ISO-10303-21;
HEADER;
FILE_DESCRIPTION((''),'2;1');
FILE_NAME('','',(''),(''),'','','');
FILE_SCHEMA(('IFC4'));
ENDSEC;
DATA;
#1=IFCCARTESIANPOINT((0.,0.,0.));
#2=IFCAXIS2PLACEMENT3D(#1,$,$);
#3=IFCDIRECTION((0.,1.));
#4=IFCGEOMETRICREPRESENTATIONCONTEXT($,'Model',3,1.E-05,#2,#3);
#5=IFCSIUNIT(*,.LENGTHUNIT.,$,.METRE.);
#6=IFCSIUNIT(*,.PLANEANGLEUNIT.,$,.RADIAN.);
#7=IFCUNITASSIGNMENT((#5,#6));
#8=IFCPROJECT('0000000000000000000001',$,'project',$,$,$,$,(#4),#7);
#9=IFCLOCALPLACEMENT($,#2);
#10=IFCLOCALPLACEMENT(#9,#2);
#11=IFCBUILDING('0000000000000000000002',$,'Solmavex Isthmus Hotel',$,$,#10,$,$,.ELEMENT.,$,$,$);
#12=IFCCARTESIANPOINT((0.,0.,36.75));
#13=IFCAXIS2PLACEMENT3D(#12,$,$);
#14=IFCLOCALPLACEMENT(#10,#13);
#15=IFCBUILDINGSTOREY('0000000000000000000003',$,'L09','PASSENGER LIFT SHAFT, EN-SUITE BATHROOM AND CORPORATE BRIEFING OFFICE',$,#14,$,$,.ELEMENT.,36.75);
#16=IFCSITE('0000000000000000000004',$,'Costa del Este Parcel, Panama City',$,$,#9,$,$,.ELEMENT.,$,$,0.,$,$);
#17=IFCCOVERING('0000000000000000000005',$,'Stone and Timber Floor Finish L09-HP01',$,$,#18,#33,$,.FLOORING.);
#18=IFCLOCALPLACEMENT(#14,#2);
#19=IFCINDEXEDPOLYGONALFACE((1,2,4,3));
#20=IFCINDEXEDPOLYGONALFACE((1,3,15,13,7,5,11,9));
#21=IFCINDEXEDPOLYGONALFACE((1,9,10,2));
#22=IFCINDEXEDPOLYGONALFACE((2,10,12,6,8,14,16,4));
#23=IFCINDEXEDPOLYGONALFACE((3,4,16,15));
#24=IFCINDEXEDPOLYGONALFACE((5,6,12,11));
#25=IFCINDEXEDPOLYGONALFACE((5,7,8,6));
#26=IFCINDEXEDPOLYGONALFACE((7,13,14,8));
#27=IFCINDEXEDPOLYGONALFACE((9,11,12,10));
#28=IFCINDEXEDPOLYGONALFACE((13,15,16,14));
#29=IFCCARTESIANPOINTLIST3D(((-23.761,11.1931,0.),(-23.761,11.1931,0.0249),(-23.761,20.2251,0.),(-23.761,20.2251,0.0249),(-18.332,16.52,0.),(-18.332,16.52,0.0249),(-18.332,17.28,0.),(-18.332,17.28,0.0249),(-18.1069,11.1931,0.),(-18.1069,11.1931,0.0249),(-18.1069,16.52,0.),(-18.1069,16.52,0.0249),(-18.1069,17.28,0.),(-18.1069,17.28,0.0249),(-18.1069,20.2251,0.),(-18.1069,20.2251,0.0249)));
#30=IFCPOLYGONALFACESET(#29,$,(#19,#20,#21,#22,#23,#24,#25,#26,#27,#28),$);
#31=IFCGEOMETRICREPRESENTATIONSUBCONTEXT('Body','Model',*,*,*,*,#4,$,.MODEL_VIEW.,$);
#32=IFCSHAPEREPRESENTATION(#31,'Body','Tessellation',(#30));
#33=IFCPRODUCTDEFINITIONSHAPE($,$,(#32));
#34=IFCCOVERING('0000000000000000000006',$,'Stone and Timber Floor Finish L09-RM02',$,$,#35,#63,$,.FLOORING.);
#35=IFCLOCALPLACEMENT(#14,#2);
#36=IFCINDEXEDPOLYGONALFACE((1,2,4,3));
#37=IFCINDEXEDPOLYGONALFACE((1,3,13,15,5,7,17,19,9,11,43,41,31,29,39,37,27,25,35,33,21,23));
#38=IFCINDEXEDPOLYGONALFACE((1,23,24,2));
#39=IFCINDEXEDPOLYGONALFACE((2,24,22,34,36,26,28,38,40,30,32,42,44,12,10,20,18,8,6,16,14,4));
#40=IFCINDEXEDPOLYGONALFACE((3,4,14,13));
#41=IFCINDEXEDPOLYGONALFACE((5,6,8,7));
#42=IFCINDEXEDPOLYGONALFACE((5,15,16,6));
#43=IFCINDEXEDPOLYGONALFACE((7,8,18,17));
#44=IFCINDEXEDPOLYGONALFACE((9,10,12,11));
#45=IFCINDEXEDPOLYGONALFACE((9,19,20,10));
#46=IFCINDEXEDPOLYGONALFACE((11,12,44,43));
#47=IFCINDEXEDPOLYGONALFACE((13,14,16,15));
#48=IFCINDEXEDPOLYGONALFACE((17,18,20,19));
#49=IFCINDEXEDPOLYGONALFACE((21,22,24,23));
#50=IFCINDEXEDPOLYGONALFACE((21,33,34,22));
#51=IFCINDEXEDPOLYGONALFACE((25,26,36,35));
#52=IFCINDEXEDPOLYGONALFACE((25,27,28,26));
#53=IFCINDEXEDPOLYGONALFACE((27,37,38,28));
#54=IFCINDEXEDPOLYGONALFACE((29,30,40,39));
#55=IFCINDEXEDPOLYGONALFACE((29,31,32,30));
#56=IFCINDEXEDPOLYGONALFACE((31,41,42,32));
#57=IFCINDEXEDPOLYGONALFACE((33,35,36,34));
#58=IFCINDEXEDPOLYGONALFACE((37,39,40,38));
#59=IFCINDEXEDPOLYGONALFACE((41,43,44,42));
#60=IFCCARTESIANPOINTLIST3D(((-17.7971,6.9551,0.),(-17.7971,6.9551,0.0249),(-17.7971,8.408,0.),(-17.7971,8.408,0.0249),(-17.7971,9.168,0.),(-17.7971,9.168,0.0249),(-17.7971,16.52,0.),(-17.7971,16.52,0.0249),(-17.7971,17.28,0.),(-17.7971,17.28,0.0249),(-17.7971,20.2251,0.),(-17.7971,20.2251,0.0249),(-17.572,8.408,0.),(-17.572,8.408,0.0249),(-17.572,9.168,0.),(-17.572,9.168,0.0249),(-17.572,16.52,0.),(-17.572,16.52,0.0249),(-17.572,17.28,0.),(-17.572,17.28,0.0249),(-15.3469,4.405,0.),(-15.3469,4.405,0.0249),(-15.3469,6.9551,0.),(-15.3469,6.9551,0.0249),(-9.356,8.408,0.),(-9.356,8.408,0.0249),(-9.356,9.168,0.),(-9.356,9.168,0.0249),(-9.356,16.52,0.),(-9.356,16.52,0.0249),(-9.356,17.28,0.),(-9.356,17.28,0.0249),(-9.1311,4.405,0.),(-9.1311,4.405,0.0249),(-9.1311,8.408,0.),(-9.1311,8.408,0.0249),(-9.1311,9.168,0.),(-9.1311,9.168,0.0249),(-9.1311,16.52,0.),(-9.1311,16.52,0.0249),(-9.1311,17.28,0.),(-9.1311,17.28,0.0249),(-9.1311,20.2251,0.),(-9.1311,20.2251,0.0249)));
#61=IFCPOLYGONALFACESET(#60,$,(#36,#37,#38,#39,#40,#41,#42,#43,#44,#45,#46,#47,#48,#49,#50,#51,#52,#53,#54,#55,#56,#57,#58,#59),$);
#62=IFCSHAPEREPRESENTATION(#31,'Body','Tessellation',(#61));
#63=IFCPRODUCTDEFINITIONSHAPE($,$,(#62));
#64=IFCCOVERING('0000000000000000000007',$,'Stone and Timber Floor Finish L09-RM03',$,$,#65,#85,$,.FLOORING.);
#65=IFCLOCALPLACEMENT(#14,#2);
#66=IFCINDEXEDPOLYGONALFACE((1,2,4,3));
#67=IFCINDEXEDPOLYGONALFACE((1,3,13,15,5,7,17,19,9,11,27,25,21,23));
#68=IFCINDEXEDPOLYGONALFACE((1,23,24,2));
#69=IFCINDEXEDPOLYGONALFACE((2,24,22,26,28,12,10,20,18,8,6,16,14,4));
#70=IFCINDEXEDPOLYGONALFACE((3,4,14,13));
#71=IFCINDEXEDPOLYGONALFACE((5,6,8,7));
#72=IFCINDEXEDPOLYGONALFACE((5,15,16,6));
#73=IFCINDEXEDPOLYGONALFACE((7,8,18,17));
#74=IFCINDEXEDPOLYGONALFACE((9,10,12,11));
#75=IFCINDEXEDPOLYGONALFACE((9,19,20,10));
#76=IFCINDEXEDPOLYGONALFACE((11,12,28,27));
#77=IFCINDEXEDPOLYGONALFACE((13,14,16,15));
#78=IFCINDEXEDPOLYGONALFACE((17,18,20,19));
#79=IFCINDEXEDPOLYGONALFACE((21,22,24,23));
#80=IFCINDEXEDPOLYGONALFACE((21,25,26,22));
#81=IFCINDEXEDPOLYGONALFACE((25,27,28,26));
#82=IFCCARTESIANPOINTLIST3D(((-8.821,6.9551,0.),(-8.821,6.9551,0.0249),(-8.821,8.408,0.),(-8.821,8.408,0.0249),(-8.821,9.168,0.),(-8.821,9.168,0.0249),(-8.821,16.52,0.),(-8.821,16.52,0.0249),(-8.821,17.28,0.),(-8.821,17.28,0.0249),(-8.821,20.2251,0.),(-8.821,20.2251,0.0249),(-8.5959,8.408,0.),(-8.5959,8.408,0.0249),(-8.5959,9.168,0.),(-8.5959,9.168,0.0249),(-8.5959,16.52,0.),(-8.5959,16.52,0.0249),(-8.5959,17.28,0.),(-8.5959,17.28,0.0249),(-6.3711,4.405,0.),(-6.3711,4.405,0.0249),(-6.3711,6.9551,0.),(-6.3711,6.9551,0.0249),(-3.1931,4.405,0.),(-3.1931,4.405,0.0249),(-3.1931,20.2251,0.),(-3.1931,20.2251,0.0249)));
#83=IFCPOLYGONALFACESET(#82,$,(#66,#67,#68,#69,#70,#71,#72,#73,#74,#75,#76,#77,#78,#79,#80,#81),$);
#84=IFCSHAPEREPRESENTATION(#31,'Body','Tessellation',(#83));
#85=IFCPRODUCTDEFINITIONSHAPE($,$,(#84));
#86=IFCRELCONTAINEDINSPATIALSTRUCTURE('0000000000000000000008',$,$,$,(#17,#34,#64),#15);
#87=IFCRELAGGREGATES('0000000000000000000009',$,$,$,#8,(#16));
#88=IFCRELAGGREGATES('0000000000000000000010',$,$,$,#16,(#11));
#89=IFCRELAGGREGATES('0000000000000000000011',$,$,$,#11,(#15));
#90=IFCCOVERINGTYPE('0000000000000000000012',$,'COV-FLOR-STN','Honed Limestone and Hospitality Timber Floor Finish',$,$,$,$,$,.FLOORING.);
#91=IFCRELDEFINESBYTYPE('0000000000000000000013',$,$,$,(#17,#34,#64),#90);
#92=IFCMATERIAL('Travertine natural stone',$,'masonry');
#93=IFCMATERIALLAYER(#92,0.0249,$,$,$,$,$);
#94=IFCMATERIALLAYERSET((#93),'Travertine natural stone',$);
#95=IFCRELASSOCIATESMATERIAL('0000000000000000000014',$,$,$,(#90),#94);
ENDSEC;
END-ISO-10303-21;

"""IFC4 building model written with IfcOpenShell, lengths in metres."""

from ifc_helpers import new_model, si_unit, direction, frame, origin, place, context, subcontext, project, spatial, polyline, outline, extrude, material, layer, layer_set, type_object, element, save


model = new_model("IFC4")

# Units and contexts
model_context = context("Model", 3, precision=1e-05, world=origin(), true_north=direction((0.0, 1.0)))
body_context = subcontext(model_context, "Body", "Model", "MODEL_VIEW")
ifc_project = project(units=[si_unit("LENGTHUNIT", "METRE"), si_unit("PLANEANGLEUNIT", "RADIAN")], contexts=[model_context])

# Site, building, storey
site_placement = place(None, origin())
site = spatial("IfcSite", under=ifc_project, at=site_placement, Name="Costa del Este Parcel, Panama City", CompositionType="ELEMENT", RefElevation=0.0)
building_placement = place(site_placement, origin())
building = spatial("IfcBuilding", under=site, at=building_placement, Name="Solmavex Isthmus Hotel", CompositionType="ELEMENT")
storey_placement = place(building_placement, frame((0.0, 0.0, 36.75)))
storey = spatial("IfcBuildingStorey", under=building, at=storey_placement, Name="L09", Description="PASSENGER LIFT SHAFT, EN-SUITE BATHROOM AND CORPORATE BRIEFING OFFICE", CompositionType="ELEMENT", Elevation=36.75)

# Coverings
ifc_material_1 = material(Name="Travertine natural stone", Category="masonry")
ifc_layer_1 = layer(ifc_material_1, 0.0249)
ifc_layer_set_1 = layer_set([ifc_layer_1], Name="Travertine natural stone")
covering_type_1 = type_object("IfcCoveringType", Name="COV-FLOR-STN", Description="Honed Limestone and Hospitality Timber Floor Finish", PredefinedType="FLOORING", material=ifc_layer_set_1)
covering_1_placement = place(storey_placement, origin())
element("IfcCovering", 1, at=covering_1_placement, inside=storey, type_object=covering_type_1, Name="Stone and Timber Floor Finish L09-HP01", PredefinedType="FLOORING", context=body_context, shape_type="SweptSolid", body=[
    extrude(outline(polyline([(-18.1069, 16.52), (-18.332, 16.52), (-18.332, 17.28), (-18.1069, 17.28), (-18.1069, 20.2251), (-23.761, 20.2251), (-23.761, 11.1931), (-18.1069, 11.1931), (-18.1069, 16.52)])), origin(), (0.0, 0.0, 1.0), 0.0249),
])
covering_2_placement = place(storey_placement, origin())
element("IfcCovering", 2, at=covering_2_placement, inside=storey, type_object=covering_type_1, Name="Stone and Timber Floor Finish L09-RM02", PredefinedType="FLOORING", context=body_context, shape_type="SweptSolid", body=[
    extrude(outline(polyline([(-17.7971, 9.168), (-17.572, 9.168), (-17.572, 8.408), (-17.7971, 8.408), (-17.7971, 6.9551), (-15.3469, 6.9551), (-15.3469, 4.405), (-9.1311, 4.405), (-9.1311, 8.408), (-9.356, 8.408), (-9.356, 9.168), (-9.1311, 9.168), (-9.1311, 16.52), (-9.356, 16.52), (-9.356, 17.28), (-9.1311, 17.28), (-9.1311, 20.2251), (-17.7971, 20.2251), (-17.7971, 17.28), (-17.572, 17.28), (-17.572, 16.52), (-17.7971, 16.52), (-17.7971, 9.168)])), origin(), (0.0, 0.0, 1.0), 0.0249),
])
covering_3_placement = place(storey_placement, origin())
element("IfcCovering", 3, at=covering_3_placement, inside=storey, type_object=covering_type_1, Name="Stone and Timber Floor Finish L09-RM03", PredefinedType="FLOORING", context=body_context, shape_type="SweptSolid", body=[
    extrude(outline(polyline([(-8.821, 9.168), (-8.5959, 9.168), (-8.5959, 8.408), (-8.821, 8.408), (-8.821, 6.9551), (-6.3711, 6.9551), (-6.3711, 4.405), (-3.1931, 4.405), (-3.1931, 20.2251), (-8.821, 20.2251), (-8.821, 17.28), (-8.5959, 17.28), (-8.5959, 16.52), (-8.821, 16.52), (-8.821, 9.168)])), origin(), (0.0, 0.0, 1.0), 0.0249),
])

save(model, "model.ifc")
